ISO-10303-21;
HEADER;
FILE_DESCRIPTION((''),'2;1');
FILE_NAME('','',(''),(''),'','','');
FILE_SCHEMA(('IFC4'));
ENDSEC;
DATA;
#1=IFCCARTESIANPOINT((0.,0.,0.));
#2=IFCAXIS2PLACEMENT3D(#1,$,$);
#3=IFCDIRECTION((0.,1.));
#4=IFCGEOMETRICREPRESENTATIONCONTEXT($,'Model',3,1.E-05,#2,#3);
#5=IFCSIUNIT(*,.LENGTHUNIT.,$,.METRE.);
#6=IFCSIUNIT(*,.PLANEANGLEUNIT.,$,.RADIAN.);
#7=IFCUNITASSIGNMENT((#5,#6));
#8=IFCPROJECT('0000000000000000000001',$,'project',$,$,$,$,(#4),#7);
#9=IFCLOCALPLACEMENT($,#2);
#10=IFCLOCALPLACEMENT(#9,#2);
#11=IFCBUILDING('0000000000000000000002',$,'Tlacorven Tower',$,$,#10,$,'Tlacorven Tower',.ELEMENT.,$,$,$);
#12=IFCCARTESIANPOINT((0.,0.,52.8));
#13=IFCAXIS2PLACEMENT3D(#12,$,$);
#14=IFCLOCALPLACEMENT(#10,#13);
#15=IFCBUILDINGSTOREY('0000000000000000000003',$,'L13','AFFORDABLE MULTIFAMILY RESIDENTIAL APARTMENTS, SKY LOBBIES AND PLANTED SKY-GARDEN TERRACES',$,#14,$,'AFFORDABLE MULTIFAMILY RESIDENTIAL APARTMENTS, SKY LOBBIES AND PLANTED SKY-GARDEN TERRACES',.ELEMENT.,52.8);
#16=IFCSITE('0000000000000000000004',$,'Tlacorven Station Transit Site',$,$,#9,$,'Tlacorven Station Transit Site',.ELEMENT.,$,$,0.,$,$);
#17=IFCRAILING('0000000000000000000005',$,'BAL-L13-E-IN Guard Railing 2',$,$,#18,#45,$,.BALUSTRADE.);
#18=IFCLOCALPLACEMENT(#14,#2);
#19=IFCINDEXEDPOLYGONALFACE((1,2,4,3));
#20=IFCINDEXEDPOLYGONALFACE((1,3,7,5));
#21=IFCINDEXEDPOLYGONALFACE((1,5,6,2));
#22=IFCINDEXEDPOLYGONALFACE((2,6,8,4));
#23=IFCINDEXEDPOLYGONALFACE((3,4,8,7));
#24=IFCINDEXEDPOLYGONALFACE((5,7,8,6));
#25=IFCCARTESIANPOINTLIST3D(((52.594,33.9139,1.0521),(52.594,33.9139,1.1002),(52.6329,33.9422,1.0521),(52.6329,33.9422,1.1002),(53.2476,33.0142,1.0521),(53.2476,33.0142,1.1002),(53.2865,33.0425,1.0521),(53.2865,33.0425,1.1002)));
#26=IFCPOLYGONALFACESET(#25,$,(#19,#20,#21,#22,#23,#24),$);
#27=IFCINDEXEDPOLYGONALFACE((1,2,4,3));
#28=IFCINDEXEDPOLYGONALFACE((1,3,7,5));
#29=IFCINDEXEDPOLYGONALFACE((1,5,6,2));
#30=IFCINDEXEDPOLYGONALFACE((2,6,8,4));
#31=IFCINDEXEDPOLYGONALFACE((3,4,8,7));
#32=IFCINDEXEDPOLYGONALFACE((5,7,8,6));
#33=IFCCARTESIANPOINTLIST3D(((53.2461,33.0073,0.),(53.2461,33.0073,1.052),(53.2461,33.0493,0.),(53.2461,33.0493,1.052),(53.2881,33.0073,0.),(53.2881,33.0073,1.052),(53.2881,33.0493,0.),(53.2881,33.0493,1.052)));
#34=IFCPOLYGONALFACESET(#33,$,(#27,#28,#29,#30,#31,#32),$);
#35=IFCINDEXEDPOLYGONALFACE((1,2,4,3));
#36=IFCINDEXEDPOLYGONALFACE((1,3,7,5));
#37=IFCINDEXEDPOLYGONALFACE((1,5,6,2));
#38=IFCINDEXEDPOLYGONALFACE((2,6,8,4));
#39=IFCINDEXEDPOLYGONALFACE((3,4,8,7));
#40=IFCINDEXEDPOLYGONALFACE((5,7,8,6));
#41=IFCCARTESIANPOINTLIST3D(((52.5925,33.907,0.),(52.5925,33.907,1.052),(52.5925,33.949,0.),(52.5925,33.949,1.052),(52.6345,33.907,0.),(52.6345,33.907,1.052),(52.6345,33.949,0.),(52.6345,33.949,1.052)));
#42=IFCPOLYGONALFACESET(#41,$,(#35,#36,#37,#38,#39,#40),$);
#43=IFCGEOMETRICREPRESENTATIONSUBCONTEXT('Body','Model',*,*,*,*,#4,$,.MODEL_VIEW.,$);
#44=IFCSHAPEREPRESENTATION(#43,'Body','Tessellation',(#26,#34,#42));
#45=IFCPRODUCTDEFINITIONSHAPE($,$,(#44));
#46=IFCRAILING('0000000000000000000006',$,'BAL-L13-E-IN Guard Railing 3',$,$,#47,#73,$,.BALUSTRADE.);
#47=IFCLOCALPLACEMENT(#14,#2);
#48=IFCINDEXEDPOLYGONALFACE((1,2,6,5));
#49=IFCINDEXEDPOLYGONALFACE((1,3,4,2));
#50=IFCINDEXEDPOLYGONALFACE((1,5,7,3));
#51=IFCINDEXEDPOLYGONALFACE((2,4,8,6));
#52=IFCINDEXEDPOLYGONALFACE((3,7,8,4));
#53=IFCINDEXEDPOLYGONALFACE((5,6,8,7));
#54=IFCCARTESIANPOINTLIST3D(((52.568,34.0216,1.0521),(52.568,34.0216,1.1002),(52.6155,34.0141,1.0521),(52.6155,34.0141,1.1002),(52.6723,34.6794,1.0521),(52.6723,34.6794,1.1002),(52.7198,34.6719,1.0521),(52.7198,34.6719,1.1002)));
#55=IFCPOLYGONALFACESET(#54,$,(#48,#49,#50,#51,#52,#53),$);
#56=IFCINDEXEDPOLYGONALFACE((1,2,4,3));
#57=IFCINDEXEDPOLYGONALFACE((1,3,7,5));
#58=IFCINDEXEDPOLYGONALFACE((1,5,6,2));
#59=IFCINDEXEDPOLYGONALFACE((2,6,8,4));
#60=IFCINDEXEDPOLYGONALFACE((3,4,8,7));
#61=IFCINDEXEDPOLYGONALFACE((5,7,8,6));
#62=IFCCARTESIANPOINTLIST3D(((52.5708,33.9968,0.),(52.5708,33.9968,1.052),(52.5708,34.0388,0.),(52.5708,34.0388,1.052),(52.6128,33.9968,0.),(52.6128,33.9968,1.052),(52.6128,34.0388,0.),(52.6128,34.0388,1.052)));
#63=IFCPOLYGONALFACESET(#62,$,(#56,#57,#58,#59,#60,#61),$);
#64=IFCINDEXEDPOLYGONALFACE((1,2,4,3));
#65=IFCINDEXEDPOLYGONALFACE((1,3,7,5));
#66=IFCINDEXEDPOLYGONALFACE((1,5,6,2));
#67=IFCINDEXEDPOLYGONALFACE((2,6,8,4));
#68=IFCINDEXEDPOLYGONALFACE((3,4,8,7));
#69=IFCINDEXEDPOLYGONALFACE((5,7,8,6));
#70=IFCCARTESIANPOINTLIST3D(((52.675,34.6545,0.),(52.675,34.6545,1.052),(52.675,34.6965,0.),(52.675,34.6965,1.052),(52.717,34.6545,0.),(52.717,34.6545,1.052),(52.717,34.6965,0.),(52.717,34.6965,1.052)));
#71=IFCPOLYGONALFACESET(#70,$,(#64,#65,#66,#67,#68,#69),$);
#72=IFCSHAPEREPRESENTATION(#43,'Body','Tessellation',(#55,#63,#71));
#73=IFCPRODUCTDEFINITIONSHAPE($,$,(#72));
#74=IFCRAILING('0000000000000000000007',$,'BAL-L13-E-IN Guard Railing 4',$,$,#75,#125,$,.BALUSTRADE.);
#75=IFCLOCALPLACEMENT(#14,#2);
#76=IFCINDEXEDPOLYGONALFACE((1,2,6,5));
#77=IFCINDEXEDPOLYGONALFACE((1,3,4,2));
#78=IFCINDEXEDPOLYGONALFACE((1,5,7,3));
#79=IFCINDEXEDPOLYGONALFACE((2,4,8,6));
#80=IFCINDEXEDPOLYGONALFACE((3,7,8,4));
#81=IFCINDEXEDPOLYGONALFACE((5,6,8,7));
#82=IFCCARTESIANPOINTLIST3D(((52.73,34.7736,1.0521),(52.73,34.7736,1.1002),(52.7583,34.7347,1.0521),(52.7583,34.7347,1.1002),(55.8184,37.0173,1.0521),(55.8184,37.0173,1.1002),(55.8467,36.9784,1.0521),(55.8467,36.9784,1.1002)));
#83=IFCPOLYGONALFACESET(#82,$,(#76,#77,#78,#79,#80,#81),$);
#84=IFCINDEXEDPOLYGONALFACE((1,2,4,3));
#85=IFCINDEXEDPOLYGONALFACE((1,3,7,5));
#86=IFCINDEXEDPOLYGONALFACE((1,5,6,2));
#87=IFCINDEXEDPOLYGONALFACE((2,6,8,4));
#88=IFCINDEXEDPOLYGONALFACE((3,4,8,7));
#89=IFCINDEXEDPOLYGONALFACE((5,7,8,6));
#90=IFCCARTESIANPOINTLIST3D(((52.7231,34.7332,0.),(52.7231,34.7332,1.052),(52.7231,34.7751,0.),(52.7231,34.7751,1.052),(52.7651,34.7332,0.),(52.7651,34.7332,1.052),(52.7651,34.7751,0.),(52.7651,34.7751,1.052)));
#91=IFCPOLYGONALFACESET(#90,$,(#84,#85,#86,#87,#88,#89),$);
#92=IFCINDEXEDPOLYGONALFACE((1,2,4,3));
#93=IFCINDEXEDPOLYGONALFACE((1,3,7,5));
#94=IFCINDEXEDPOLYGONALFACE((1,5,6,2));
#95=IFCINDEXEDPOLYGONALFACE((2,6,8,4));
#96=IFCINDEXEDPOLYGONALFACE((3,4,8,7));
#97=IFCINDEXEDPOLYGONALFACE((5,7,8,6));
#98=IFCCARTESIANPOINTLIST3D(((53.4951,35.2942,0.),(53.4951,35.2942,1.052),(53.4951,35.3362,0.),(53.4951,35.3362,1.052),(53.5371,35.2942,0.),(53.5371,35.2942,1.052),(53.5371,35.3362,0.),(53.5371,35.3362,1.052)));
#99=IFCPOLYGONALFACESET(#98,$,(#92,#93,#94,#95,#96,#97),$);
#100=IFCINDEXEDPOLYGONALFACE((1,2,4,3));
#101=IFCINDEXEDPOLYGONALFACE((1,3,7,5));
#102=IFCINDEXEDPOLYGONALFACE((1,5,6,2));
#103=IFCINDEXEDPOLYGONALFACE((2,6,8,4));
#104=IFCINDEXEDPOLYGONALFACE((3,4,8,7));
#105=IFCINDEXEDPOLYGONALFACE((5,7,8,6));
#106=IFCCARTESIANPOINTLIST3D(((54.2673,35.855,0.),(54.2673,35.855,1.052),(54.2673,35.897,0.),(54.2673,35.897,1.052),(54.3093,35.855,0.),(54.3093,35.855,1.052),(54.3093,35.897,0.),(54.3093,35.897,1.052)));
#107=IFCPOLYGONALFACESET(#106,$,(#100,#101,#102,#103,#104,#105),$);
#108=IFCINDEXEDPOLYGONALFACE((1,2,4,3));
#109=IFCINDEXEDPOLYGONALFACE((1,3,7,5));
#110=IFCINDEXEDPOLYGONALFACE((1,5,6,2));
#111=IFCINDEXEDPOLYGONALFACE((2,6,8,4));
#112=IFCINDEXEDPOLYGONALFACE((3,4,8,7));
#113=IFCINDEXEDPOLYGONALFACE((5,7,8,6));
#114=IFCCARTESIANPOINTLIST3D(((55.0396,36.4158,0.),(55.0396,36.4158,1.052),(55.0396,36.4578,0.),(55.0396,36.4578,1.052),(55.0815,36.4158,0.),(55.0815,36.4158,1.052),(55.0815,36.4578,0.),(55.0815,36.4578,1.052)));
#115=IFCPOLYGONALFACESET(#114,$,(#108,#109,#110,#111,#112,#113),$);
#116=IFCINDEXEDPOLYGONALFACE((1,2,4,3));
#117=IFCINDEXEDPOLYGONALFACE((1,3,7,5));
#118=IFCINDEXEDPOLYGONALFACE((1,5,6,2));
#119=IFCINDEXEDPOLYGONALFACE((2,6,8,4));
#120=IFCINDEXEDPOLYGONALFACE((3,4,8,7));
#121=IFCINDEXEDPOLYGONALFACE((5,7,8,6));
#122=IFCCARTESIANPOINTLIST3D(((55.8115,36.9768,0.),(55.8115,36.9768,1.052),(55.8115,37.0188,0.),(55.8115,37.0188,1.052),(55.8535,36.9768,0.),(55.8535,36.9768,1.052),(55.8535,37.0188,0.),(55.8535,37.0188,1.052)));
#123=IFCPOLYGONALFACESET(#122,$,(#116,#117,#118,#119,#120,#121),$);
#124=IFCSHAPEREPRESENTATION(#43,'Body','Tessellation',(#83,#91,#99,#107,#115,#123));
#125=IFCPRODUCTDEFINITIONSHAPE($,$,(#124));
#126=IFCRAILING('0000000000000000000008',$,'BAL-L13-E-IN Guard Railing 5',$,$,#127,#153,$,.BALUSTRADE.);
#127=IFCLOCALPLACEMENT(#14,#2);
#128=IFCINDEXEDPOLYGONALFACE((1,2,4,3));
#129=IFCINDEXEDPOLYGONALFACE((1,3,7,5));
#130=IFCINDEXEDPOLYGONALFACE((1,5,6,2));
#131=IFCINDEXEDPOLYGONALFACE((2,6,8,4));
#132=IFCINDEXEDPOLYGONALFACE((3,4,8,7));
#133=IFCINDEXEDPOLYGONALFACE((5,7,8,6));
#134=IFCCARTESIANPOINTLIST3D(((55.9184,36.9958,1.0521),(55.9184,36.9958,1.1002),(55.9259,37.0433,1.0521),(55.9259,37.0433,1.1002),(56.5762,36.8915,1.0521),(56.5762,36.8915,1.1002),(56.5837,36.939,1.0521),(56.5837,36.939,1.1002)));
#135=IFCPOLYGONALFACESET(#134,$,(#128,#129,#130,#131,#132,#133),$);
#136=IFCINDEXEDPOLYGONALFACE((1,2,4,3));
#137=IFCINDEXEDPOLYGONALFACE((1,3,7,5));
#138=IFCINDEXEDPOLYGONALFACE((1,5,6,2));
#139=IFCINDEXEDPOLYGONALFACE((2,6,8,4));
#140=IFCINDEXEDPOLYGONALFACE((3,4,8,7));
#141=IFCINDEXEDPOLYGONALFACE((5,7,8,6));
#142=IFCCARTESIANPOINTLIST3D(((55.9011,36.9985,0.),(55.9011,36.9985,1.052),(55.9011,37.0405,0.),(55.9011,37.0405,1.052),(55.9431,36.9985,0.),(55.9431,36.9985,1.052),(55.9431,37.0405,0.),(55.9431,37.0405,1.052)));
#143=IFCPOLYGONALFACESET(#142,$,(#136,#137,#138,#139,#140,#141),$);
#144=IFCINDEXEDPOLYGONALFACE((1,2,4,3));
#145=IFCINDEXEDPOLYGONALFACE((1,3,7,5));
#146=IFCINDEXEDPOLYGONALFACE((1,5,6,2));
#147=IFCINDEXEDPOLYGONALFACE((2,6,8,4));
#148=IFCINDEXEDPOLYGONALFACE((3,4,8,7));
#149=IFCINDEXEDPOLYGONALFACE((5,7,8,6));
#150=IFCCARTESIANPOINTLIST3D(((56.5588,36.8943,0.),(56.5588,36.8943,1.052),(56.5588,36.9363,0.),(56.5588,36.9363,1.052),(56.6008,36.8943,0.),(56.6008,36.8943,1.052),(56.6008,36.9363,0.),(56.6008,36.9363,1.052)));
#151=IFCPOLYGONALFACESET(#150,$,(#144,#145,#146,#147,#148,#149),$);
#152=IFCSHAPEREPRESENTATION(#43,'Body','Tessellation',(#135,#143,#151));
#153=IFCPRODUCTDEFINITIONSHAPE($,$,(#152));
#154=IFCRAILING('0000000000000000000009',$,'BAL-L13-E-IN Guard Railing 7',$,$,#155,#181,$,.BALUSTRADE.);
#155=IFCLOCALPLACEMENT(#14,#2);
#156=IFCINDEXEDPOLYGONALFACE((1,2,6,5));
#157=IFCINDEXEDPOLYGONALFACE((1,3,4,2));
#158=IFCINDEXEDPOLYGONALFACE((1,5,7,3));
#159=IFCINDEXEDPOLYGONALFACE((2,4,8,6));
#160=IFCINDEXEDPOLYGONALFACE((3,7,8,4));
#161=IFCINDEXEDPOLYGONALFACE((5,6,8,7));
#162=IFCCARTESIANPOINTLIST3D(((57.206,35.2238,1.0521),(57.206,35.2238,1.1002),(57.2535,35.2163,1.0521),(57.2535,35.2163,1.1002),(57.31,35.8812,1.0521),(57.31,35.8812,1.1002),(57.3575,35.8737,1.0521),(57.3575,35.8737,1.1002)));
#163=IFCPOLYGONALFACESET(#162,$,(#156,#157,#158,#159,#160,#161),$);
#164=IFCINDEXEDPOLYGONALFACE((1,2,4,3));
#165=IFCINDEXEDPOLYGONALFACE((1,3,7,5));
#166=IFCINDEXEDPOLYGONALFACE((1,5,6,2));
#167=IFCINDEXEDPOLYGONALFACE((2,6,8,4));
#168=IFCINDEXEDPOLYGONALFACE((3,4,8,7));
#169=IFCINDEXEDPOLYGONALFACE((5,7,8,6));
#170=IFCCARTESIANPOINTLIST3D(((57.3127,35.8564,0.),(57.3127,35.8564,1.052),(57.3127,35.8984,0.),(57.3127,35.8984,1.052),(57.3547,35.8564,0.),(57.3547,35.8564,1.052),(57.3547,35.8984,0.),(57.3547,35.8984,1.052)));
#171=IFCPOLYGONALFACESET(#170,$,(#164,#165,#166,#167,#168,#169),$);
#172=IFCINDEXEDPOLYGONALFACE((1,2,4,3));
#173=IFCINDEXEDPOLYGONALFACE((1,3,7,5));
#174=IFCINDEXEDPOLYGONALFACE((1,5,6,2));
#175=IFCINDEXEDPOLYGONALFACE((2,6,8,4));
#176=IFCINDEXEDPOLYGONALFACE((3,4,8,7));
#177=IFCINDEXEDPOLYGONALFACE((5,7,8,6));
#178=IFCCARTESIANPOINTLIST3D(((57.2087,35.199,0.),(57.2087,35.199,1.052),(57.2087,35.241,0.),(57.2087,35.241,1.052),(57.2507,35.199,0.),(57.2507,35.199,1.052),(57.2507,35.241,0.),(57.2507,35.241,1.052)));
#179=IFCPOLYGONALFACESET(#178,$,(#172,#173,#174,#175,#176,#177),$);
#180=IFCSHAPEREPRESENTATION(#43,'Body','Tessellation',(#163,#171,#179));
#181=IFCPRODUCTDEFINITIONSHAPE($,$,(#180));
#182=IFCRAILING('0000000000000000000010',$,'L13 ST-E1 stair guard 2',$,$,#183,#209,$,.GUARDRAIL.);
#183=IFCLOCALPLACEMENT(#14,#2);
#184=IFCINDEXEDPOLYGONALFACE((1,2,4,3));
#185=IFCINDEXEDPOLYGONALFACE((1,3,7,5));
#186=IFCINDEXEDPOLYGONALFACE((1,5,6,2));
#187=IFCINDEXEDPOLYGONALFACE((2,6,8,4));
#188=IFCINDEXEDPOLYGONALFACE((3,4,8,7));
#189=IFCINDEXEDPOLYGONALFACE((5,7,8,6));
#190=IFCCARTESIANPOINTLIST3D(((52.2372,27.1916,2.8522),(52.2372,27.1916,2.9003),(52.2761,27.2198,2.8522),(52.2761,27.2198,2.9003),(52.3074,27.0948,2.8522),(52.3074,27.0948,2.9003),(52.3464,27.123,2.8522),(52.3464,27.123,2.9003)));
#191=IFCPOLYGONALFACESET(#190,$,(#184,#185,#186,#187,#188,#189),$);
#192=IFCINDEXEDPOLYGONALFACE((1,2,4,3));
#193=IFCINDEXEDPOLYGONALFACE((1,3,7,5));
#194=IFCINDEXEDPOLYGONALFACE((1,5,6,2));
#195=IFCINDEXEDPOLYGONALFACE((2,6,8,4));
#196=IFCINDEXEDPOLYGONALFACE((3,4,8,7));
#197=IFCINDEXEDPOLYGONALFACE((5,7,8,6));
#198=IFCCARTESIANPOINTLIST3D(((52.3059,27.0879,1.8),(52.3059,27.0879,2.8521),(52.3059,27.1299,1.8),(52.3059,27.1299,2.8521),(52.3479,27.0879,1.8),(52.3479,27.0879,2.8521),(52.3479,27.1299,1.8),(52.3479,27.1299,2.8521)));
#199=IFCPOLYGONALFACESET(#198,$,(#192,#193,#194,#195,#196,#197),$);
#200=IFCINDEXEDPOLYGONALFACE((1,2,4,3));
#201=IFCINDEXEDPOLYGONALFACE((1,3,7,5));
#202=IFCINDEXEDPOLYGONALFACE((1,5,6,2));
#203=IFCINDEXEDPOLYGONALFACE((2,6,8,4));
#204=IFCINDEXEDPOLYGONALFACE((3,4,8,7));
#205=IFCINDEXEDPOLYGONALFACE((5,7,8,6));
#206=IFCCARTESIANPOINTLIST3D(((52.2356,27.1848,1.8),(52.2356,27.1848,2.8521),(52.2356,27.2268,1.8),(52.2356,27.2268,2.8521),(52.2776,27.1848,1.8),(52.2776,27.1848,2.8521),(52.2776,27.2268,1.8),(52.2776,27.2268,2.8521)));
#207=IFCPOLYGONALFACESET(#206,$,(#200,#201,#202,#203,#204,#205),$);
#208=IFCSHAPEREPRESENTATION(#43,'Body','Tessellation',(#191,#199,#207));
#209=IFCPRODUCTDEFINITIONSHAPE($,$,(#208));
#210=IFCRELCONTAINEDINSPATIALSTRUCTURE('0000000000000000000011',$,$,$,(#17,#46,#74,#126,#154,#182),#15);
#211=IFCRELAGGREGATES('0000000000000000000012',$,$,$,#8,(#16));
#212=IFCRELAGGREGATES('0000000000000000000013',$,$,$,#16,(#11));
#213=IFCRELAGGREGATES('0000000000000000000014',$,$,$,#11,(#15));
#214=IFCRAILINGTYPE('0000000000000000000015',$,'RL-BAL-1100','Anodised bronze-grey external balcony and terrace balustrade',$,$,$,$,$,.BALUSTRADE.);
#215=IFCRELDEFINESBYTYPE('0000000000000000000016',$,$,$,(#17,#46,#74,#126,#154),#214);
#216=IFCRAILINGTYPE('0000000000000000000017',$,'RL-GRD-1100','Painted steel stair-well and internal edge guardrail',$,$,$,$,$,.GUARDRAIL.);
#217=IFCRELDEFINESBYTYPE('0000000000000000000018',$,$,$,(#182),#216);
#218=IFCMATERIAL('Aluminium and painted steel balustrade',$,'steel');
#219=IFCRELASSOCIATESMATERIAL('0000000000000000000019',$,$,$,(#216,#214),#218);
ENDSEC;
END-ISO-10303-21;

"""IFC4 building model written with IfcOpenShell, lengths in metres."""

from ifc_helpers import new_model, si_unit, direction, frame, origin, origin_2d, place, context, subcontext, project, spatial, rectangle, extrude, source, transform, mapped, material, type_object, element, save


model = new_model("IFC4")

# Units and contexts
model_context = context("Model", 3, precision=1e-05, world=origin(), true_north=direction((0.0, 1.0)))
body_context = subcontext(model_context, "Body", "Model", "MODEL_VIEW")
ifc_project = project(units=[si_unit("LENGTHUNIT", "METRE"), si_unit("PLANEANGLEUNIT", "RADIAN")], contexts=[model_context])

# Site, building, storey
site_placement = place(None, origin())
site = spatial("IfcSite", under=ifc_project, at=site_placement, Name="Tlacorven Station Transit Site", LongName="Tlacorven Station Transit Site", CompositionType="ELEMENT", RefElevation=0.0)
building_placement = place(site_placement, origin())
building = spatial("IfcBuilding", under=site, at=building_placement, Name="Tlacorven Tower", LongName="Tlacorven Tower", CompositionType="ELEMENT")
storey_placement = place(building_placement, frame((0.0, 0.0, 52.8)))
storey = spatial("IfcBuildingStorey", under=building, at=storey_placement, Name="L13", Description="AFFORDABLE MULTIFAMILY RESIDENTIAL APARTMENTS, SKY LOBBIES AND PLANTED SKY-GARDEN TERRACES", LongName="AFFORDABLE MULTIFAMILY RESIDENTIAL APARTMENTS, SKY LOBBIES AND PLANTED SKY-GARDEN TERRACES", CompositionType="ELEMENT", Elevation=52.8)

# Railings
ifc_material_1 = material(Name="Aluminium and painted steel balustrade", Category="steel")
railing_type_1 = type_object("IfcRailingType", Name="RL-GRD-1100", Description="Painted steel stair-well and internal edge guardrail", PredefinedType="GUARDRAIL", material=ifc_material_1)
railing_type_2 = type_object("IfcRailingType", Name="RL-BAL-1100", Description="Anodised bronze-grey external balcony and terrace balustrade", PredefinedType="BALUSTRADE", material=ifc_material_1)
shared_shape_1 = source(origin(), body_context, "Body", "SweptSolid", [
    extrude(rectangle(XDim=0.0481, YDim=0.0481, at=origin_2d()), frame((0.0, 0.0, 1.0762), z_axis=(-0.587741, 0.809049, 0.0), x_axis=(-0.809049, -0.587741, 0.0)), (0.0, 0.0, 1.0), 1.1121),
    extrude(rectangle(XDim=0.042, YDim=0.042, at=origin_2d()), origin(), (0.0, 0.0, 1.0), 1.052),
    extrude(rectangle(XDim=0.042, YDim=0.042, at=origin_2d()), frame((-0.6536, 0.8997, 0.0)), (0.0, 0.0, 1.0), 1.052),
])
railing_1_placement = place(storey_placement, frame((53.2671, 33.0283, 0.0)))
element("IfcRailing", 1, at=railing_1_placement, inside=storey, type_object=railing_type_2, Name="BAL-L13-E-IN Guard Railing 2", PredefinedType="BALUSTRADE", context=body_context, shape_type="MappedRepresentation", body=[
    mapped(shared_shape_1, transform((0.0, 0.0, 0.0), scale=1.0)),
])
shared_shape_2 = source(origin(), body_context, "Body", "SweptSolid", [
    extrude(rectangle(XDim=0.0481, YDim=0.0481, at=origin_2d()), frame((0.0, 0.0, 1.0762), z_axis=(0.156546, 0.987671, 0.0), x_axis=(-0.987671, 0.156546, 0.0)), (0.0, 0.0, 1.0), 0.666),
    extrude(rectangle(XDim=0.042, YDim=0.042, at=origin_2d()), origin(), (0.0, 0.0, 1.0), 1.052),
    extrude(rectangle(XDim=0.042, YDim=0.042, at=origin_2d()), frame((0.1042, 0.6577, 0.0)), (0.0, 0.0, 1.0), 1.052),
])
railing_2_placement = place(storey_placement, frame((52.5918, 34.0178, 0.0)))
element("IfcRailing", 2, at=railing_2_placement, inside=storey, type_object=railing_type_2, Name="BAL-L13-E-IN Guard Railing 3", PredefinedType="BALUSTRADE", context=body_context, shape_type="MappedRepresentation", body=[
    mapped(shared_shape_2, transform((0.0, 0.0, 0.0), scale=1.0)),
])
shared_shape_3 = source(origin(), body_context, "Body", "SweptSolid", [
    extrude(rectangle(XDim=0.0481, YDim=0.0481, at=origin_2d()), frame((0.0, 0.0, 1.0762), z_axis=(0.80904, 0.587753, 0.0), x_axis=(-0.587753, 0.80904, 0.0)), (0.0, 0.0, 1.0), 3.8174),
    extrude(rectangle(XDim=0.042, YDim=0.042, at=origin_2d()), origin(), (0.0, 0.0, 1.0), 1.052),
    extrude(rectangle(XDim=0.042, YDim=0.042, at=origin_2d()), frame((0.772, 0.561, 0.0)), (0.0, 0.0, 1.0), 1.052),
    extrude(rectangle(XDim=0.042, YDim=0.042, at=origin_2d()), frame((1.5442, 1.1218, 0.0)), (0.0, 0.0, 1.0), 1.052),
    extrude(rectangle(XDim=0.042, YDim=0.042, at=origin_2d()), frame((2.3164, 1.6826, 0.0)), (0.0, 0.0, 1.0), 1.052),
    extrude(rectangle(XDim=0.042, YDim=0.042, at=origin_2d()), frame((3.0884, 2.2437, 0.0)), (0.0, 0.0, 1.0), 1.052),
])
railing_3_placement = place(storey_placement, frame((52.7441, 34.7542, 0.0)))
element("IfcRailing", 3, at=railing_3_placement, inside=storey, type_object=railing_type_2, Name="BAL-L13-E-IN Guard Railing 4", PredefinedType="BALUSTRADE", context=body_context, shape_type="MappedRepresentation", body=[
    mapped(shared_shape_3, transform((0.0, 0.0, 0.0), scale=1.0)),
])
shared_shape_4 = source(origin(), body_context, "Body", "SweptSolid", [
    extrude(rectangle(XDim=0.0481, YDim=0.0481, at=origin_2d()), frame((0.0, 0.0, 1.0762), z_axis=(0.987671, -0.156546, 0.0), x_axis=(0.156546, 0.987671, 0.0)), (0.0, 0.0, 1.0), 0.666),
    extrude(rectangle(XDim=0.042, YDim=0.042, at=origin_2d()), origin(), (0.0, 0.0, 1.0), 1.052),
    extrude(rectangle(XDim=0.042, YDim=0.042, at=origin_2d()), frame((0.6577, -0.1042, 0.0)), (0.0, 0.0, 1.0), 1.052),
])
railing_4_placement = place(storey_placement, frame((55.9221, 37.0195, 0.0)))
element("IfcRailing", 4, at=railing_4_placement, inside=storey, type_object=railing_type_2, Name="BAL-L13-E-IN Guard Railing 5", PredefinedType="BALUSTRADE", context=body_context, shape_type="MappedRepresentation", body=[
    mapped(shared_shape_4, transform((0.0, 0.0, 0.0), scale=1.0)),
])
shared_shape_5 = source(origin(), body_context, "Body", "SweptSolid", [
    extrude(rectangle(XDim=0.0481, YDim=0.0481, at=origin_2d()), frame((0.0, 0.0, 1.0762), z_axis=(-0.156245, -0.987718, 0.0), x_axis=(0.987718, -0.156245, 0.0)), (0.0, 0.0, 1.0), 0.6655),
    extrude(rectangle(XDim=0.042, YDim=0.042, at=origin_2d()), origin(), (0.0, 0.0, 1.0), 1.052),
    extrude(rectangle(XDim=0.042, YDim=0.042, at=origin_2d()), frame((-0.104, -0.6575, 0.0)), (0.0, 0.0, 1.0), 1.052),
])
railing_5_placement = place(storey_placement, frame((57.3337, 35.8774, 0.0)))
element("IfcRailing", 5, at=railing_5_placement, inside=storey, type_object=railing_type_2, Name="BAL-L13-E-IN Guard Railing 7", PredefinedType="BALUSTRADE", context=body_context, shape_type="MappedRepresentation", body=[
    mapped(shared_shape_5, transform((0.0, 0.0, 0.0), scale=1.0)),
])
shared_shape_6 = source(origin(), body_context, "Body", "SweptSolid", [
    extrude(rectangle(XDim=0.0481, YDim=0.0481, at=origin_2d()), frame((0.0, 0.0, 1.0762), z_axis=(-0.587201, 0.809441, 0.0), x_axis=(-0.809441, -0.587201, 0.0)), (0.0, 0.0, 1.0), 0.1196),
    extrude(rectangle(XDim=0.042, YDim=0.042, at=origin_2d()), origin(), (0.0, 0.0, 1.0), 1.052),
    extrude(rectangle(XDim=0.042, YDim=0.042, at=origin_2d()), frame((-0.0703, 0.0969, 0.0)), (0.0, 0.0, 1.0), 1.052),
])
railing_6_placement = place(storey_placement, frame((52.3269, 27.1089, 1.8)))
element("IfcRailing", 6, at=railing_6_placement, inside=storey, type_object=railing_type_1, Name="L13 ST-E1 stair guard 2", PredefinedType="GUARDRAIL", context=body_context, shape_type="MappedRepresentation", body=[
    mapped(shared_shape_6, transform((0.0, 0.0, 0.0), scale=1.0)),
])

save(model, "model.ifc")
